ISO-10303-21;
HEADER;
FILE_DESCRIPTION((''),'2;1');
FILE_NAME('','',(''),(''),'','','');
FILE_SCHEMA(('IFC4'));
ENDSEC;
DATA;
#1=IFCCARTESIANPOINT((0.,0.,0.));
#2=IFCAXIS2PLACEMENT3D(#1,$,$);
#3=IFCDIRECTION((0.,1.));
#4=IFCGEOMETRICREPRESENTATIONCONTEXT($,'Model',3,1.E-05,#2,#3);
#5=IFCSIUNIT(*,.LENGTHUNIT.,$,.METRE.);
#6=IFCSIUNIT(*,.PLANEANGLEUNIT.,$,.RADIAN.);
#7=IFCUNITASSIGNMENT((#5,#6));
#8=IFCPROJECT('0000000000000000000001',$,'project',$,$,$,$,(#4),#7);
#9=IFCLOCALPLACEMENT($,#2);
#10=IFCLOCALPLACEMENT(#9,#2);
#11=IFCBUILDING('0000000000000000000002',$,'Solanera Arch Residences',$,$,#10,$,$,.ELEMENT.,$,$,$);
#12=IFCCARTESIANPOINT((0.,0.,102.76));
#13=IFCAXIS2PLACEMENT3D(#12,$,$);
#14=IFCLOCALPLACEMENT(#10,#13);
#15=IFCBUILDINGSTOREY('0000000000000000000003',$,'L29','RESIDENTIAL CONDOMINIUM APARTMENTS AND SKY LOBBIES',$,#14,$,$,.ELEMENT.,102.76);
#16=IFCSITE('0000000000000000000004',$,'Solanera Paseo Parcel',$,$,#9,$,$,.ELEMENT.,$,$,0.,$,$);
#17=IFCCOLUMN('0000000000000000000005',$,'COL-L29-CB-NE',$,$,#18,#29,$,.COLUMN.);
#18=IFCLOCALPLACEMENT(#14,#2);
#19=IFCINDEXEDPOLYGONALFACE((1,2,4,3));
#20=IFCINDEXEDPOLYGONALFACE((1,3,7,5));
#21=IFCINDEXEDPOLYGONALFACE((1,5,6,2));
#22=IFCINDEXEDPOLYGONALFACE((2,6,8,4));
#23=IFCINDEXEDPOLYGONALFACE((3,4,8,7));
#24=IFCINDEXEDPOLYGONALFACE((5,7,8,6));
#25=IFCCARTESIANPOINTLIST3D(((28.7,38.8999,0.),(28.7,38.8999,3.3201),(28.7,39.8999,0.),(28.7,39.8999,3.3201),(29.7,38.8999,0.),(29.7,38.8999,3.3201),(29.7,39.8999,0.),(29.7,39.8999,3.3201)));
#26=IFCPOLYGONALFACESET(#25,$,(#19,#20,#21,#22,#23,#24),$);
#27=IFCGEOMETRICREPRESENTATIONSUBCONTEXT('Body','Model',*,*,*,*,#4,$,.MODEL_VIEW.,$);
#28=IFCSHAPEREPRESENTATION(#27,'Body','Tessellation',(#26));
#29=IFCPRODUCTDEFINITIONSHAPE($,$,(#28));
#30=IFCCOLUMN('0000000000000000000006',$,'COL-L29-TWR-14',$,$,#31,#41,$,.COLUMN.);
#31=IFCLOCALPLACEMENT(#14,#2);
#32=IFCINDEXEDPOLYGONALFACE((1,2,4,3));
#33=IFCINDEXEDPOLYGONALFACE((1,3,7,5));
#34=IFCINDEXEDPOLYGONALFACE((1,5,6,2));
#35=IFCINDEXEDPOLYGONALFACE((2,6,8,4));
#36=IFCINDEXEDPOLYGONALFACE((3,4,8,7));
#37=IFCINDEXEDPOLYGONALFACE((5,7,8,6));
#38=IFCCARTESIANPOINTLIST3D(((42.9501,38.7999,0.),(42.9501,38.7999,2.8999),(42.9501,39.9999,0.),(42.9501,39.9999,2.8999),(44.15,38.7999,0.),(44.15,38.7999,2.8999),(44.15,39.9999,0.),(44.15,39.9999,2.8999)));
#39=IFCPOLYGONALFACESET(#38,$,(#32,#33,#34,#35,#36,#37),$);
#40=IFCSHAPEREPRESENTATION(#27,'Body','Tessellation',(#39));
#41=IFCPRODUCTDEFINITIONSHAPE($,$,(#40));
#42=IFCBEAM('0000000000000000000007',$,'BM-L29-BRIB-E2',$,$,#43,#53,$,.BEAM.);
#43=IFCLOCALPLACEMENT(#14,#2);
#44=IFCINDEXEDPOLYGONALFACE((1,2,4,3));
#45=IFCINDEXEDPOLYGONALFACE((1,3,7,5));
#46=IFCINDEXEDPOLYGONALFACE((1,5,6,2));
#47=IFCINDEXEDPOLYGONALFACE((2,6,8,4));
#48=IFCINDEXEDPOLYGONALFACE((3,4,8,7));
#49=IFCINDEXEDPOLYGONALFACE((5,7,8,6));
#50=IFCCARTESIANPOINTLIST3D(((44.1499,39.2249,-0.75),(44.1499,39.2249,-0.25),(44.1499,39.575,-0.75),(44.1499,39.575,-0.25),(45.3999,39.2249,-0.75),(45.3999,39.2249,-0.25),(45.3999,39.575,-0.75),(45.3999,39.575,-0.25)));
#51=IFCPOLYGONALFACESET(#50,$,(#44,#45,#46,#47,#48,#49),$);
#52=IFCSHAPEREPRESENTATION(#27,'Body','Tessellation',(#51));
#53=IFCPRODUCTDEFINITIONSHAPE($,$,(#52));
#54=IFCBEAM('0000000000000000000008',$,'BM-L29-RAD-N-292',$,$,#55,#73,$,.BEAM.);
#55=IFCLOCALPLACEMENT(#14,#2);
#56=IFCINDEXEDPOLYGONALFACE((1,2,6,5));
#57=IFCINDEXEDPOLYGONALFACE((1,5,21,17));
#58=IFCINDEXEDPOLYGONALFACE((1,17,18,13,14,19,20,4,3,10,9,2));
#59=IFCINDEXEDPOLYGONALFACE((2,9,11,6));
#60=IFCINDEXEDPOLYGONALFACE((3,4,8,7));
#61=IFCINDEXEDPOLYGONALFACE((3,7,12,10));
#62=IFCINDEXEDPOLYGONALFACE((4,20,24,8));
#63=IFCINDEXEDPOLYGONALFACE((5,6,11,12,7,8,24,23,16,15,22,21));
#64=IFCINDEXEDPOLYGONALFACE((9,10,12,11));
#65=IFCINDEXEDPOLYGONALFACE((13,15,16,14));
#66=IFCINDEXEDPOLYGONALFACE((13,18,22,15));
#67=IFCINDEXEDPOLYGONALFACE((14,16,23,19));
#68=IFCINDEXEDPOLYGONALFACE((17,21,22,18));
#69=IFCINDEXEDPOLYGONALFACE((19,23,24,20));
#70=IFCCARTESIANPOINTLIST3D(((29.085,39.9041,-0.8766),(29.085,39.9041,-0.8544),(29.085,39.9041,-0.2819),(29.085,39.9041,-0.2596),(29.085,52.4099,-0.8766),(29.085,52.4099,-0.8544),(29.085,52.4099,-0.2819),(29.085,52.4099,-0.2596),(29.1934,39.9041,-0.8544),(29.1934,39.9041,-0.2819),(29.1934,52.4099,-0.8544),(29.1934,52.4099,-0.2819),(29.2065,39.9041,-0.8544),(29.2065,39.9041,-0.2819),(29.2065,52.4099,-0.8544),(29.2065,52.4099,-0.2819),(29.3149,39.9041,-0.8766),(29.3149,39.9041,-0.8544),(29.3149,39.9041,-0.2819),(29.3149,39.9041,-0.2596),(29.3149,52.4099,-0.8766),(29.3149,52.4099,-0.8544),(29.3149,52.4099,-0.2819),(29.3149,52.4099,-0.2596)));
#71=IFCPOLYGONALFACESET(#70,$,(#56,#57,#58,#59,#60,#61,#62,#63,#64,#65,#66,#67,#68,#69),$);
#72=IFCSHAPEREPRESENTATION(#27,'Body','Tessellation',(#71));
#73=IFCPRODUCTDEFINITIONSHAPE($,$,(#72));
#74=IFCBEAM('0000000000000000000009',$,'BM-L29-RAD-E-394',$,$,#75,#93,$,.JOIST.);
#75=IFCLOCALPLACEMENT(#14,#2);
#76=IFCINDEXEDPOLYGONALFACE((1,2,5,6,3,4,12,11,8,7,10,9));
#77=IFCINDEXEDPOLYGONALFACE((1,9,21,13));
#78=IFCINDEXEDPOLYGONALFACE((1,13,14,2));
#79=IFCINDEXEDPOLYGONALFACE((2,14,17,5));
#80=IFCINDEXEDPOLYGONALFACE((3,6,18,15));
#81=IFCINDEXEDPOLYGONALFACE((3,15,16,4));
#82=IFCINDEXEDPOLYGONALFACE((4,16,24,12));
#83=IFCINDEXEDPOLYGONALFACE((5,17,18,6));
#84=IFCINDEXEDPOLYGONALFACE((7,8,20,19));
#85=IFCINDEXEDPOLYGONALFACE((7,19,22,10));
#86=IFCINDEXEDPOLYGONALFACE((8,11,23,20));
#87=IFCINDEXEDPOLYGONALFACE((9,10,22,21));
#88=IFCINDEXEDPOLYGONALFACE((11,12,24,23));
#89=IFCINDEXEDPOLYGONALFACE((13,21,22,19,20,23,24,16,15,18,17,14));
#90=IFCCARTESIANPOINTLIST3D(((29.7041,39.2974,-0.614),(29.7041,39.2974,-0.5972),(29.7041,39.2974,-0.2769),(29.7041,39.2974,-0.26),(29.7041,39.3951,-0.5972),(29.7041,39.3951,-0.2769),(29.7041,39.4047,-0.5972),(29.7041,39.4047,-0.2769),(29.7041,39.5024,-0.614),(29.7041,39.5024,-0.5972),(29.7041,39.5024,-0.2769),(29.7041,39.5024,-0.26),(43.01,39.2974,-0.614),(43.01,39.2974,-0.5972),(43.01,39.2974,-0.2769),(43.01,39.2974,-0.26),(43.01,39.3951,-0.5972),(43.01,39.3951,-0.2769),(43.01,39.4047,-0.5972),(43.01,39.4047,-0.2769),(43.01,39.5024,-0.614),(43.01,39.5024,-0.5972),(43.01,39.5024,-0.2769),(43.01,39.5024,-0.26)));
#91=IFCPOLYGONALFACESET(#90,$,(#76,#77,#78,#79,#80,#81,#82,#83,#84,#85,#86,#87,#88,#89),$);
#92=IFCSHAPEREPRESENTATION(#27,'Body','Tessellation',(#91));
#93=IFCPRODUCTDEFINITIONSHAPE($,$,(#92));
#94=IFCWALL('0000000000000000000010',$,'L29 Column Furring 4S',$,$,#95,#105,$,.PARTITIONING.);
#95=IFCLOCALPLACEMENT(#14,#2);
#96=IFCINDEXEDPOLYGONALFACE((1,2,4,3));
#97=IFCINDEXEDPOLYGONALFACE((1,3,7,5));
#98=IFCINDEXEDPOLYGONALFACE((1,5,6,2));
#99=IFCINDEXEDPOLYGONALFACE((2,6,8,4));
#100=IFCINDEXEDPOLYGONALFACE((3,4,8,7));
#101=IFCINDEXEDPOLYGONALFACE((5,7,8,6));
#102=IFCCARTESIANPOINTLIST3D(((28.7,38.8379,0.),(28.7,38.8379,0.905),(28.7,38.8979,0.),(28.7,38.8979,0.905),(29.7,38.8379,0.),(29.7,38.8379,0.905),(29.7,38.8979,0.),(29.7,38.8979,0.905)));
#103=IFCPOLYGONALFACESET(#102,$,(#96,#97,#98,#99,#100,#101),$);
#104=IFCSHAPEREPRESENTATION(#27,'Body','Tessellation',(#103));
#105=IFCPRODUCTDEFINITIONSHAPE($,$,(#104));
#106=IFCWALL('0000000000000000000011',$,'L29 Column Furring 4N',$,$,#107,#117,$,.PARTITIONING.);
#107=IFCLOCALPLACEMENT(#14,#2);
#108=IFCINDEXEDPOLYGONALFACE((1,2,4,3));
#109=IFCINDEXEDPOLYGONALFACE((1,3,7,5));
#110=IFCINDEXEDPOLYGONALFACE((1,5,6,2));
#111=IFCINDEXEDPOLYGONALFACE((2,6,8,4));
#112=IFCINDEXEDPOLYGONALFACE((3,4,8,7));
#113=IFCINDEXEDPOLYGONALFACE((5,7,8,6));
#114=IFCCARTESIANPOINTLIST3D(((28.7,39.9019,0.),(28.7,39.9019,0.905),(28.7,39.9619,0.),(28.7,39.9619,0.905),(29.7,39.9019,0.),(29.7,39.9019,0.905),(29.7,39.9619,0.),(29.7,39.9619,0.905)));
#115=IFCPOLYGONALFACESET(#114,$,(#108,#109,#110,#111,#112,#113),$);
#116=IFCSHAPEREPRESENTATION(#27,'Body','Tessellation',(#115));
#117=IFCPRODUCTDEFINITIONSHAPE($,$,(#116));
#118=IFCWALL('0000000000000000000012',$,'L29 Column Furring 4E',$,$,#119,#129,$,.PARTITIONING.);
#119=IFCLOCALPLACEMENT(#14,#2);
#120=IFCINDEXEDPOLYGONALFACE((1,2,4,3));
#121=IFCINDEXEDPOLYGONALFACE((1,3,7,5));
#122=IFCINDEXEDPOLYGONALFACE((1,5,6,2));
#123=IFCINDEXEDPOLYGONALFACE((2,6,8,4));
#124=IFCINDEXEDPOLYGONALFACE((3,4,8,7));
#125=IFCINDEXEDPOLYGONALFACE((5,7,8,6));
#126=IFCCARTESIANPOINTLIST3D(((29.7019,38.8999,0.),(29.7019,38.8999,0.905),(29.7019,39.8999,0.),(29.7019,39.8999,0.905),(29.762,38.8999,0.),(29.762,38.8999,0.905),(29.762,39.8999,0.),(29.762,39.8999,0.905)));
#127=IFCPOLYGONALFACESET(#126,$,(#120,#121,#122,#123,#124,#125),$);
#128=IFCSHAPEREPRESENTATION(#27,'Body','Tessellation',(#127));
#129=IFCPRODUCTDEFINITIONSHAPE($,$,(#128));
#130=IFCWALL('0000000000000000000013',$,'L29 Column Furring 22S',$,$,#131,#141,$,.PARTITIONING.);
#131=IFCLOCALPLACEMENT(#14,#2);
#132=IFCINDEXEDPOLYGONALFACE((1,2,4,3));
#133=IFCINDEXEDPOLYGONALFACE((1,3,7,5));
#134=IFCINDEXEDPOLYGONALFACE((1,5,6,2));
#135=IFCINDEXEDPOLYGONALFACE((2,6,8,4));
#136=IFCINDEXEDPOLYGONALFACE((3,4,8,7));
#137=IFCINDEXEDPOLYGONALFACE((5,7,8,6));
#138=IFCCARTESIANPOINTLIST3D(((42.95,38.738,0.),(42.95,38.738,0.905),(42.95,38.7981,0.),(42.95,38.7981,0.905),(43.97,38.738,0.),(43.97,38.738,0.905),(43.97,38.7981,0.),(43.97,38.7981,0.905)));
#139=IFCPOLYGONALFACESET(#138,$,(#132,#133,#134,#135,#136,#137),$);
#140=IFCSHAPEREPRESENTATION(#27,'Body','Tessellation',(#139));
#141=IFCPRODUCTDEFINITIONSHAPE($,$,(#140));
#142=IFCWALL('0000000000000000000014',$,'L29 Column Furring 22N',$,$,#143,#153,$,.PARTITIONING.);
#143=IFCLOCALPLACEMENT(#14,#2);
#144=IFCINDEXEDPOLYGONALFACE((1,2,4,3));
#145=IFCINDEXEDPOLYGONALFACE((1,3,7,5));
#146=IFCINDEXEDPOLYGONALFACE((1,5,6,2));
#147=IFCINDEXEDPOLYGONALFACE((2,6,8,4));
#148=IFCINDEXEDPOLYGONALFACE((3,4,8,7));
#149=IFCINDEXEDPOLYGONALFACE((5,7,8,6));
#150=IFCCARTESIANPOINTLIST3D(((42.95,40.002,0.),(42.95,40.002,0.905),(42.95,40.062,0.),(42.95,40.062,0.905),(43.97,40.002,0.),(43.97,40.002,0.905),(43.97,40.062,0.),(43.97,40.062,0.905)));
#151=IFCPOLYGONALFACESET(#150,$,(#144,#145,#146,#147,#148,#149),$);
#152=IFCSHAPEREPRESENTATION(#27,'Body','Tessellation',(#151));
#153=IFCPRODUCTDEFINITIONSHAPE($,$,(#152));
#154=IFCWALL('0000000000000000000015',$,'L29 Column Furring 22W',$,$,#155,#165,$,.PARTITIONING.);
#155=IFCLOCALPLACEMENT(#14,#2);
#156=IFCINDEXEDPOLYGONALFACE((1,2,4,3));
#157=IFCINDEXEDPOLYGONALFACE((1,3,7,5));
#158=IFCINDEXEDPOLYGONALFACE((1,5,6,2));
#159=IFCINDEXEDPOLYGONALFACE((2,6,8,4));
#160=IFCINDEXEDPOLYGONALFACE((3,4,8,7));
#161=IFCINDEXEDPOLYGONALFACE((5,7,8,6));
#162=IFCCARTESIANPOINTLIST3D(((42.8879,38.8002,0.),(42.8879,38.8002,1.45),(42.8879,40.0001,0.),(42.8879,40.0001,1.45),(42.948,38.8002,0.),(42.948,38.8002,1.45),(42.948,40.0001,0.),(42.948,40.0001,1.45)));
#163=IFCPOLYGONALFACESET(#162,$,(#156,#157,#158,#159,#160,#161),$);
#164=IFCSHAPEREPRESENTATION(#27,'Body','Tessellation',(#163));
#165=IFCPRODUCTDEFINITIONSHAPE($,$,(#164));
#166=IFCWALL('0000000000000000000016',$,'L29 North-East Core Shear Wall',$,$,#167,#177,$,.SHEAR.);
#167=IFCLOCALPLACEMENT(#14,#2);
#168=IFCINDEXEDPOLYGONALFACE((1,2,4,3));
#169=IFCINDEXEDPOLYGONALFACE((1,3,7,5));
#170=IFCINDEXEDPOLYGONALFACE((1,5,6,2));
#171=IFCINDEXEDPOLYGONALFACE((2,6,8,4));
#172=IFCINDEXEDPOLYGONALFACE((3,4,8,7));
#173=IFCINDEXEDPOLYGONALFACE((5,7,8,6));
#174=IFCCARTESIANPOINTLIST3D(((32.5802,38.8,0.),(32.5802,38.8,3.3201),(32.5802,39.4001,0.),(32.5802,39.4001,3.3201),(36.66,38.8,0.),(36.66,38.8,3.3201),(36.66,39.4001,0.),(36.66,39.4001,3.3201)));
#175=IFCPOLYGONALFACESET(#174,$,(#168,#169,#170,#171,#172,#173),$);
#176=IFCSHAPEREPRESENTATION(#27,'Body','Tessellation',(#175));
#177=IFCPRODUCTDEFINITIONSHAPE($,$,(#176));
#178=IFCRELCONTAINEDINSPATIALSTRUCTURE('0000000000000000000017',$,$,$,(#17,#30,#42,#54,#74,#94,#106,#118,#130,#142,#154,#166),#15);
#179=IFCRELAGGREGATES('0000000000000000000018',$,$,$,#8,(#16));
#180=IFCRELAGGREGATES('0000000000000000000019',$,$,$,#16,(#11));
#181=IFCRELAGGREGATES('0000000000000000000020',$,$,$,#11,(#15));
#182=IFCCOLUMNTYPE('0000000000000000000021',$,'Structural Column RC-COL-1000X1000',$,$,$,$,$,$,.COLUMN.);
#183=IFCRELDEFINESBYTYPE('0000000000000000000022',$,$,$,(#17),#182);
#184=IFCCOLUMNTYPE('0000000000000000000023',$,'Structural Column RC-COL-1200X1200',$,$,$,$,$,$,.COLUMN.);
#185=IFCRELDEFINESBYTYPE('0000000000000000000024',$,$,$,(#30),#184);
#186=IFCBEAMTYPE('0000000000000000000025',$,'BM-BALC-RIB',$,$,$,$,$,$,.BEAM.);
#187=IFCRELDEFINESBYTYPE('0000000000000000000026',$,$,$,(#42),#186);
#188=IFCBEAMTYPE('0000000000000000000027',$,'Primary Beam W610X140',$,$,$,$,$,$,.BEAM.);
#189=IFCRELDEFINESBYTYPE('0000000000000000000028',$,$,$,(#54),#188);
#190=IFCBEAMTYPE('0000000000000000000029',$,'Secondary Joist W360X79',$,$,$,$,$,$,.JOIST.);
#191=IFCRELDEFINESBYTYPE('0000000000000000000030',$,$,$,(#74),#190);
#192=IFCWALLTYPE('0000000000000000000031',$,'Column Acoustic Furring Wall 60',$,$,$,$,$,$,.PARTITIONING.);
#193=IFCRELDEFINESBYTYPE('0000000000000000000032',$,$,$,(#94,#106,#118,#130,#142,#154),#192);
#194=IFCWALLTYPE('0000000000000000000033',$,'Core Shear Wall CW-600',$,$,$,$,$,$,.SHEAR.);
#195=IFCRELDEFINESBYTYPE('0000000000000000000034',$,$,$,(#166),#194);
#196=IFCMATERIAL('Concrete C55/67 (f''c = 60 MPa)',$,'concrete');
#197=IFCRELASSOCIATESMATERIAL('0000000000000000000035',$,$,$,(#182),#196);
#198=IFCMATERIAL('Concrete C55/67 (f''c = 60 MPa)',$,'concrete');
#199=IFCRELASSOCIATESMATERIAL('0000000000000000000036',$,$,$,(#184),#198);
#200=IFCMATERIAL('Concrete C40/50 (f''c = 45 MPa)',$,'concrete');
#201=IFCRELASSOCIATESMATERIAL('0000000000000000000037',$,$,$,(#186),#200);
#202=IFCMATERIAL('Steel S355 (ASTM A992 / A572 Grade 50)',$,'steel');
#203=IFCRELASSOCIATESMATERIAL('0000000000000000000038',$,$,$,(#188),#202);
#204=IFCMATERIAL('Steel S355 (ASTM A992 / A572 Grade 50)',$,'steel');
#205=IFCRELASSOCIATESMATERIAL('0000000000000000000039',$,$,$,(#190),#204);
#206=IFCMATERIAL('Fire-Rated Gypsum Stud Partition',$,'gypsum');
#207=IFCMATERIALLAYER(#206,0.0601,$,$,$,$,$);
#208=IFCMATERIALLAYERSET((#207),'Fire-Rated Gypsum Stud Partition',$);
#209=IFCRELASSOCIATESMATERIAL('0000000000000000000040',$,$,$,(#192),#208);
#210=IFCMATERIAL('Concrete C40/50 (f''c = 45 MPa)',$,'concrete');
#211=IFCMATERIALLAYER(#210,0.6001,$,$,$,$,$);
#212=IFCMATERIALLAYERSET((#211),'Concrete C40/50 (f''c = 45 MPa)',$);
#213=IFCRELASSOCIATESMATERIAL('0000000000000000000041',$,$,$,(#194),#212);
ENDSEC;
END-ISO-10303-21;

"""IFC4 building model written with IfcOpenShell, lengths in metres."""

from ifc_helpers import new_model, si_unit, direction, frame, frame_2d, origin, origin_2d, place, context, subcontext, project, spatial, rectangle, i_section, extrude, material, layer, layer_set, material_profile, profile_set, type_object, element, save


model = new_model("IFC4")

# Units and contexts
model_context = context("Model", 3, precision=1e-05, world=origin(), true_north=direction((0.0, 1.0)))
body_context = subcontext(model_context, "Body", "Model", "MODEL_VIEW")
ifc_project = project(units=[si_unit("LENGTHUNIT", "METRE"), si_unit("PLANEANGLEUNIT", "RADIAN")], contexts=[model_context])

# Site, building, storey
site_placement = place(None, origin())
site = spatial("IfcSite", under=ifc_project, at=site_placement, Name="Solanera Paseo Parcel", CompositionType="ELEMENT", RefElevation=0.0)
building_placement = place(site_placement, origin())
building = spatial("IfcBuilding", under=site, at=building_placement, Name="Solanera Arch Residences", CompositionType="ELEMENT")
storey_placement = place(building_placement, frame((0.0, 0.0, 102.76)))
storey = spatial("IfcBuildingStorey", under=building, at=storey_placement, Name="L29", Description="RESIDENTIAL CONDOMINIUM APARTMENTS AND SKY LOBBIES", CompositionType="ELEMENT", Elevation=102.76)

# Columns
ifc_material_1 = material(Name="Concrete C55/67 (f'c = 60 MPa)", Category="concrete")
ifc_material_profile_1 = material_profile(ifc_material_1, rectangle(XDim=1.0, YDim=1.0, at=origin_2d()))
ifc_profile_set_1 = profile_set([ifc_material_profile_1], Name="Concrete C55/67 (f'c = 60 MPa)")
column_type_1 = type_object("IfcColumnType", Name="Structural Column RC-COL-1000X1000", PredefinedType="COLUMN", material=ifc_profile_set_1)
column_1_placement = place(storey_placement, frame((29.2, 39.3999, 0.0), z_axis=(0.0, 0.0, 1.0), x_axis=(1.0, 0.0, 0.0)))
element("IfcColumn", 1, at=column_1_placement, inside=storey, type_object=column_type_1, Name="COL-L29-CB-NE", PredefinedType="COLUMN", context=body_context, shape_type="SweptSolid", body=[
    extrude(rectangle(XDim=1.0, YDim=1.0, at=origin_2d()), origin(), (0.0, 0.0, 1.0), 3.3201),
])
ifc_material_2 = material(Name="Concrete C55/67 (f'c = 60 MPa)", Category="concrete")
ifc_material_profile_2 = material_profile(ifc_material_2, rectangle(XDim=1.2, YDim=1.2, at=origin_2d()))
ifc_profile_set_2 = profile_set([ifc_material_profile_2], Name="Concrete C55/67 (f'c = 60 MPa)")
column_type_2 = type_object("IfcColumnType", Name="Structural Column RC-COL-1200X1200", PredefinedType="COLUMN", material=ifc_profile_set_2)
column_2_placement = place(storey_placement, frame((43.55, 39.3999, 0.0), z_axis=(0.0, 0.0, 1.0), x_axis=(1.0, 0.0, 0.0)))
element("IfcColumn", 2, at=column_2_placement, inside=storey, type_object=column_type_2, Name="COL-L29-TWR-14", PredefinedType="COLUMN", context=body_context, shape_type="SweptSolid", body=[
    extrude(rectangle(XDim=1.2, YDim=1.2, at=origin_2d()), origin(), (0.0, 0.0, 1.0), 2.8999),
])

# Beams
ifc_material_3 = material(Name="Concrete C40/50 (f'c = 45 MPa)", Category="concrete")
ifc_material_profile_3 = material_profile(ifc_material_3, rectangle(XDim=0.3501, YDim=0.5, at=origin_2d()))
ifc_profile_set_3 = profile_set([ifc_material_profile_3], Name="Concrete C40/50 (f'c = 45 MPa)")
beam_type_1 = type_object("IfcBeamType", Name="BM-BALC-RIB", PredefinedType="BEAM", material=ifc_profile_set_3)
beam_1_placement = place(storey_placement, frame((44.1499, 39.3999, -0.5), z_axis=(1.0, 0.0, 0.0), x_axis=(0.0, 1.0, 0.0)))
element("IfcBeam", 3, at=beam_1_placement, inside=storey, type_object=beam_type_1, Name="BM-L29-BRIB-E2", PredefinedType="BEAM", context=body_context, shape_type="SweptSolid", body=[
    extrude(rectangle(XDim=0.3501, YDim=0.5, at=origin_2d()), origin(), (0.0, 0.0, 1.0), 1.25),
])
ifc_material_4 = material(Name="Steel S355 (ASTM A992 / A572 Grade 50)", Category="steel")
ifc_material_profile_4 = material_profile(ifc_material_4, i_section(OverallWidth=0.23, OverallDepth=0.6169, WebThickness=0.0132, FlangeThickness=0.0222, at=origin_2d()))
ifc_profile_set_4 = profile_set([ifc_material_profile_4], Name="Steel S355 (ASTM A992 / A572 Grade 50)")
beam_type_2 = type_object("IfcBeamType", Name="Primary Beam W610X140", PredefinedType="BEAM", material=ifc_profile_set_4)
beam_2_placement = place(storey_placement, frame((29.2, 39.9041, -0.5681), z_axis=(0.0, 1.0, 0.0), x_axis=(-1.0, 0.0, 0.0)))
element("IfcBeam", 4, at=beam_2_placement, inside=storey, type_object=beam_type_2, Name="BM-L29-RAD-N-292", PredefinedType="BEAM", context=body_context, shape_type="SweptSolid", body=[
    extrude(i_section(OverallWidth=0.23, OverallDepth=0.6169, WebThickness=0.0132, FlangeThickness=0.0222, at=origin_2d()), origin(), (0.0, 0.0, 1.0), 12.5059),
])
ifc_material_5 = material(Name="Steel S355 (ASTM A992 / A572 Grade 50)", Category="steel")
ifc_material_profile_5 = material_profile(ifc_material_5, i_section(OverallWidth=0.2051, OverallDepth=0.354, WebThickness=0.0095, FlangeThickness=0.0168, at=origin_2d()))
ifc_profile_set_5 = profile_set([ifc_material_profile_5], Name="Steel S355 (ASTM A992 / A572 Grade 50)")
beam_type_3 = type_object("IfcBeamType", Name="Secondary Joist W360X79", PredefinedType="JOIST", material=ifc_profile_set_5)
beam_3_placement = place(storey_placement, frame((29.7041, 39.3999, -0.437), z_axis=(1.0, 0.0, 0.0), x_axis=(0.0, 1.0, 0.0)))
element("IfcBeam", 5, at=beam_3_placement, inside=storey, type_object=beam_type_3, Name="BM-L29-RAD-E-394", PredefinedType="JOIST", context=body_context, shape_type="SweptSolid", body=[
    extrude(i_section(OverallWidth=0.2051, OverallDepth=0.354, WebThickness=0.0095, FlangeThickness=0.0168, at=origin_2d()), origin(), (0.0, 0.0, 1.0), 13.3059),
])

# Walls
ifc_material_6 = material(Name="Fire-Rated Gypsum Stud Partition", Category="gypsum")
ifc_layer_1 = layer(ifc_material_6, 0.0601)
ifc_layer_set_1 = layer_set([ifc_layer_1], Name="Fire-Rated Gypsum Stud Partition")
wall_type_1 = type_object("IfcWallType", Name="Column Acoustic Furring Wall 60", PredefinedType="PARTITIONING", material=ifc_layer_set_1)
for number, where, z_axis, x_axis, name in (
    (6, (28.7, 38.8679, 0.0), (0.0, 0.0, 1.0), (1.0, 0.0, 0.0), "L29 Column Furring 4S"),
    (7, (28.7, 39.9319, 0.0), (0.0, 0.0, 1.0), (1.0, 0.0, 0.0), "L29 Column Furring 4N"),
    (8, (29.7319, 38.8999, 0.0), (0.0, 0.0, 1.0), (0.0, 1.0, 0.0), "L29 Column Furring 4E"),
):
    element("IfcWall", number, at=place(storey_placement, frame(where, z_axis=z_axis, x_axis=x_axis)), inside=storey, type_object=wall_type_1, Name=name, PredefinedType="PARTITIONING", context=body_context, shape_type="SweptSolid", body=[
        extrude(rectangle(XDim=1.0, YDim=0.0601, at=frame_2d((0.5, 0.0))), origin(), (0.0, 0.0, 1.0), 0.905),
    ])
for number, where, z_axis, x_axis, name in (
    (9, (42.95, 38.7681, 0.0), (0.0, 0.0, 1.0), (1.0, 0.0, 0.0), "L29 Column Furring 22S"),
    (10, (42.95, 40.032, 0.0), (0.0, 0.0, 1.0), (1.0, 0.0, 0.0), "L29 Column Furring 22N"),
):
    element("IfcWall", number, at=place(storey_placement, frame(where, z_axis=z_axis, x_axis=x_axis)), inside=storey, type_object=wall_type_1, Name=name, PredefinedType="PARTITIONING", context=body_context, shape_type="SweptSolid", body=[
        extrude(rectangle(XDim=1.02, YDim=0.0601, at=frame_2d((0.51, 0.0))), origin(), (0.0, 0.0, 1.0), 0.905),
    ])
wall_1_placement = place(storey_placement, frame((42.918, 38.8, 0.0), z_axis=(0.0, 0.0, 1.0), x_axis=(0.0, 1.0, 0.0)))
element("IfcWall", 11, at=wall_1_placement, inside=storey, type_object=wall_type_1, Name="L29 Column Furring 22W", PredefinedType="PARTITIONING", context=body_context, shape_type="SweptSolid", body=[
    extrude(rectangle(XDim=1.2, YDim=0.0601, at=frame_2d((0.6001, 0.0))), origin(), (0.0, 0.0, 1.0), 1.45),
])
ifc_material_7 = material(Name="Concrete C40/50 (f'c = 45 MPa)", Category="concrete")
ifc_layer_2 = layer(ifc_material_7, 0.6001)
ifc_layer_set_2 = layer_set([ifc_layer_2], Name="Concrete C40/50 (f'c = 45 MPa)")
wall_type_2 = type_object("IfcWallType", Name="Core Shear Wall CW-600", PredefinedType="SHEAR", material=ifc_layer_set_2)
wall_2_placement = place(storey_placement, frame((32.5801, 39.1001, 0.0), z_axis=(0.0, 0.0, 1.0), x_axis=(1.0, 0.0, 0.0)))
element("IfcWall", 12, at=wall_2_placement, inside=storey, type_object=wall_type_2, Name="L29 North-East Core Shear Wall", PredefinedType="SHEAR", context=body_context, shape_type="SweptSolid", body=[
    extrude(rectangle(XDim=4.0798, YDim=0.6001, at=frame_2d((2.04, 0.0))), origin(), (0.0, 0.0, 1.0), 3.3201),
])

save(model, "model.ifc")
